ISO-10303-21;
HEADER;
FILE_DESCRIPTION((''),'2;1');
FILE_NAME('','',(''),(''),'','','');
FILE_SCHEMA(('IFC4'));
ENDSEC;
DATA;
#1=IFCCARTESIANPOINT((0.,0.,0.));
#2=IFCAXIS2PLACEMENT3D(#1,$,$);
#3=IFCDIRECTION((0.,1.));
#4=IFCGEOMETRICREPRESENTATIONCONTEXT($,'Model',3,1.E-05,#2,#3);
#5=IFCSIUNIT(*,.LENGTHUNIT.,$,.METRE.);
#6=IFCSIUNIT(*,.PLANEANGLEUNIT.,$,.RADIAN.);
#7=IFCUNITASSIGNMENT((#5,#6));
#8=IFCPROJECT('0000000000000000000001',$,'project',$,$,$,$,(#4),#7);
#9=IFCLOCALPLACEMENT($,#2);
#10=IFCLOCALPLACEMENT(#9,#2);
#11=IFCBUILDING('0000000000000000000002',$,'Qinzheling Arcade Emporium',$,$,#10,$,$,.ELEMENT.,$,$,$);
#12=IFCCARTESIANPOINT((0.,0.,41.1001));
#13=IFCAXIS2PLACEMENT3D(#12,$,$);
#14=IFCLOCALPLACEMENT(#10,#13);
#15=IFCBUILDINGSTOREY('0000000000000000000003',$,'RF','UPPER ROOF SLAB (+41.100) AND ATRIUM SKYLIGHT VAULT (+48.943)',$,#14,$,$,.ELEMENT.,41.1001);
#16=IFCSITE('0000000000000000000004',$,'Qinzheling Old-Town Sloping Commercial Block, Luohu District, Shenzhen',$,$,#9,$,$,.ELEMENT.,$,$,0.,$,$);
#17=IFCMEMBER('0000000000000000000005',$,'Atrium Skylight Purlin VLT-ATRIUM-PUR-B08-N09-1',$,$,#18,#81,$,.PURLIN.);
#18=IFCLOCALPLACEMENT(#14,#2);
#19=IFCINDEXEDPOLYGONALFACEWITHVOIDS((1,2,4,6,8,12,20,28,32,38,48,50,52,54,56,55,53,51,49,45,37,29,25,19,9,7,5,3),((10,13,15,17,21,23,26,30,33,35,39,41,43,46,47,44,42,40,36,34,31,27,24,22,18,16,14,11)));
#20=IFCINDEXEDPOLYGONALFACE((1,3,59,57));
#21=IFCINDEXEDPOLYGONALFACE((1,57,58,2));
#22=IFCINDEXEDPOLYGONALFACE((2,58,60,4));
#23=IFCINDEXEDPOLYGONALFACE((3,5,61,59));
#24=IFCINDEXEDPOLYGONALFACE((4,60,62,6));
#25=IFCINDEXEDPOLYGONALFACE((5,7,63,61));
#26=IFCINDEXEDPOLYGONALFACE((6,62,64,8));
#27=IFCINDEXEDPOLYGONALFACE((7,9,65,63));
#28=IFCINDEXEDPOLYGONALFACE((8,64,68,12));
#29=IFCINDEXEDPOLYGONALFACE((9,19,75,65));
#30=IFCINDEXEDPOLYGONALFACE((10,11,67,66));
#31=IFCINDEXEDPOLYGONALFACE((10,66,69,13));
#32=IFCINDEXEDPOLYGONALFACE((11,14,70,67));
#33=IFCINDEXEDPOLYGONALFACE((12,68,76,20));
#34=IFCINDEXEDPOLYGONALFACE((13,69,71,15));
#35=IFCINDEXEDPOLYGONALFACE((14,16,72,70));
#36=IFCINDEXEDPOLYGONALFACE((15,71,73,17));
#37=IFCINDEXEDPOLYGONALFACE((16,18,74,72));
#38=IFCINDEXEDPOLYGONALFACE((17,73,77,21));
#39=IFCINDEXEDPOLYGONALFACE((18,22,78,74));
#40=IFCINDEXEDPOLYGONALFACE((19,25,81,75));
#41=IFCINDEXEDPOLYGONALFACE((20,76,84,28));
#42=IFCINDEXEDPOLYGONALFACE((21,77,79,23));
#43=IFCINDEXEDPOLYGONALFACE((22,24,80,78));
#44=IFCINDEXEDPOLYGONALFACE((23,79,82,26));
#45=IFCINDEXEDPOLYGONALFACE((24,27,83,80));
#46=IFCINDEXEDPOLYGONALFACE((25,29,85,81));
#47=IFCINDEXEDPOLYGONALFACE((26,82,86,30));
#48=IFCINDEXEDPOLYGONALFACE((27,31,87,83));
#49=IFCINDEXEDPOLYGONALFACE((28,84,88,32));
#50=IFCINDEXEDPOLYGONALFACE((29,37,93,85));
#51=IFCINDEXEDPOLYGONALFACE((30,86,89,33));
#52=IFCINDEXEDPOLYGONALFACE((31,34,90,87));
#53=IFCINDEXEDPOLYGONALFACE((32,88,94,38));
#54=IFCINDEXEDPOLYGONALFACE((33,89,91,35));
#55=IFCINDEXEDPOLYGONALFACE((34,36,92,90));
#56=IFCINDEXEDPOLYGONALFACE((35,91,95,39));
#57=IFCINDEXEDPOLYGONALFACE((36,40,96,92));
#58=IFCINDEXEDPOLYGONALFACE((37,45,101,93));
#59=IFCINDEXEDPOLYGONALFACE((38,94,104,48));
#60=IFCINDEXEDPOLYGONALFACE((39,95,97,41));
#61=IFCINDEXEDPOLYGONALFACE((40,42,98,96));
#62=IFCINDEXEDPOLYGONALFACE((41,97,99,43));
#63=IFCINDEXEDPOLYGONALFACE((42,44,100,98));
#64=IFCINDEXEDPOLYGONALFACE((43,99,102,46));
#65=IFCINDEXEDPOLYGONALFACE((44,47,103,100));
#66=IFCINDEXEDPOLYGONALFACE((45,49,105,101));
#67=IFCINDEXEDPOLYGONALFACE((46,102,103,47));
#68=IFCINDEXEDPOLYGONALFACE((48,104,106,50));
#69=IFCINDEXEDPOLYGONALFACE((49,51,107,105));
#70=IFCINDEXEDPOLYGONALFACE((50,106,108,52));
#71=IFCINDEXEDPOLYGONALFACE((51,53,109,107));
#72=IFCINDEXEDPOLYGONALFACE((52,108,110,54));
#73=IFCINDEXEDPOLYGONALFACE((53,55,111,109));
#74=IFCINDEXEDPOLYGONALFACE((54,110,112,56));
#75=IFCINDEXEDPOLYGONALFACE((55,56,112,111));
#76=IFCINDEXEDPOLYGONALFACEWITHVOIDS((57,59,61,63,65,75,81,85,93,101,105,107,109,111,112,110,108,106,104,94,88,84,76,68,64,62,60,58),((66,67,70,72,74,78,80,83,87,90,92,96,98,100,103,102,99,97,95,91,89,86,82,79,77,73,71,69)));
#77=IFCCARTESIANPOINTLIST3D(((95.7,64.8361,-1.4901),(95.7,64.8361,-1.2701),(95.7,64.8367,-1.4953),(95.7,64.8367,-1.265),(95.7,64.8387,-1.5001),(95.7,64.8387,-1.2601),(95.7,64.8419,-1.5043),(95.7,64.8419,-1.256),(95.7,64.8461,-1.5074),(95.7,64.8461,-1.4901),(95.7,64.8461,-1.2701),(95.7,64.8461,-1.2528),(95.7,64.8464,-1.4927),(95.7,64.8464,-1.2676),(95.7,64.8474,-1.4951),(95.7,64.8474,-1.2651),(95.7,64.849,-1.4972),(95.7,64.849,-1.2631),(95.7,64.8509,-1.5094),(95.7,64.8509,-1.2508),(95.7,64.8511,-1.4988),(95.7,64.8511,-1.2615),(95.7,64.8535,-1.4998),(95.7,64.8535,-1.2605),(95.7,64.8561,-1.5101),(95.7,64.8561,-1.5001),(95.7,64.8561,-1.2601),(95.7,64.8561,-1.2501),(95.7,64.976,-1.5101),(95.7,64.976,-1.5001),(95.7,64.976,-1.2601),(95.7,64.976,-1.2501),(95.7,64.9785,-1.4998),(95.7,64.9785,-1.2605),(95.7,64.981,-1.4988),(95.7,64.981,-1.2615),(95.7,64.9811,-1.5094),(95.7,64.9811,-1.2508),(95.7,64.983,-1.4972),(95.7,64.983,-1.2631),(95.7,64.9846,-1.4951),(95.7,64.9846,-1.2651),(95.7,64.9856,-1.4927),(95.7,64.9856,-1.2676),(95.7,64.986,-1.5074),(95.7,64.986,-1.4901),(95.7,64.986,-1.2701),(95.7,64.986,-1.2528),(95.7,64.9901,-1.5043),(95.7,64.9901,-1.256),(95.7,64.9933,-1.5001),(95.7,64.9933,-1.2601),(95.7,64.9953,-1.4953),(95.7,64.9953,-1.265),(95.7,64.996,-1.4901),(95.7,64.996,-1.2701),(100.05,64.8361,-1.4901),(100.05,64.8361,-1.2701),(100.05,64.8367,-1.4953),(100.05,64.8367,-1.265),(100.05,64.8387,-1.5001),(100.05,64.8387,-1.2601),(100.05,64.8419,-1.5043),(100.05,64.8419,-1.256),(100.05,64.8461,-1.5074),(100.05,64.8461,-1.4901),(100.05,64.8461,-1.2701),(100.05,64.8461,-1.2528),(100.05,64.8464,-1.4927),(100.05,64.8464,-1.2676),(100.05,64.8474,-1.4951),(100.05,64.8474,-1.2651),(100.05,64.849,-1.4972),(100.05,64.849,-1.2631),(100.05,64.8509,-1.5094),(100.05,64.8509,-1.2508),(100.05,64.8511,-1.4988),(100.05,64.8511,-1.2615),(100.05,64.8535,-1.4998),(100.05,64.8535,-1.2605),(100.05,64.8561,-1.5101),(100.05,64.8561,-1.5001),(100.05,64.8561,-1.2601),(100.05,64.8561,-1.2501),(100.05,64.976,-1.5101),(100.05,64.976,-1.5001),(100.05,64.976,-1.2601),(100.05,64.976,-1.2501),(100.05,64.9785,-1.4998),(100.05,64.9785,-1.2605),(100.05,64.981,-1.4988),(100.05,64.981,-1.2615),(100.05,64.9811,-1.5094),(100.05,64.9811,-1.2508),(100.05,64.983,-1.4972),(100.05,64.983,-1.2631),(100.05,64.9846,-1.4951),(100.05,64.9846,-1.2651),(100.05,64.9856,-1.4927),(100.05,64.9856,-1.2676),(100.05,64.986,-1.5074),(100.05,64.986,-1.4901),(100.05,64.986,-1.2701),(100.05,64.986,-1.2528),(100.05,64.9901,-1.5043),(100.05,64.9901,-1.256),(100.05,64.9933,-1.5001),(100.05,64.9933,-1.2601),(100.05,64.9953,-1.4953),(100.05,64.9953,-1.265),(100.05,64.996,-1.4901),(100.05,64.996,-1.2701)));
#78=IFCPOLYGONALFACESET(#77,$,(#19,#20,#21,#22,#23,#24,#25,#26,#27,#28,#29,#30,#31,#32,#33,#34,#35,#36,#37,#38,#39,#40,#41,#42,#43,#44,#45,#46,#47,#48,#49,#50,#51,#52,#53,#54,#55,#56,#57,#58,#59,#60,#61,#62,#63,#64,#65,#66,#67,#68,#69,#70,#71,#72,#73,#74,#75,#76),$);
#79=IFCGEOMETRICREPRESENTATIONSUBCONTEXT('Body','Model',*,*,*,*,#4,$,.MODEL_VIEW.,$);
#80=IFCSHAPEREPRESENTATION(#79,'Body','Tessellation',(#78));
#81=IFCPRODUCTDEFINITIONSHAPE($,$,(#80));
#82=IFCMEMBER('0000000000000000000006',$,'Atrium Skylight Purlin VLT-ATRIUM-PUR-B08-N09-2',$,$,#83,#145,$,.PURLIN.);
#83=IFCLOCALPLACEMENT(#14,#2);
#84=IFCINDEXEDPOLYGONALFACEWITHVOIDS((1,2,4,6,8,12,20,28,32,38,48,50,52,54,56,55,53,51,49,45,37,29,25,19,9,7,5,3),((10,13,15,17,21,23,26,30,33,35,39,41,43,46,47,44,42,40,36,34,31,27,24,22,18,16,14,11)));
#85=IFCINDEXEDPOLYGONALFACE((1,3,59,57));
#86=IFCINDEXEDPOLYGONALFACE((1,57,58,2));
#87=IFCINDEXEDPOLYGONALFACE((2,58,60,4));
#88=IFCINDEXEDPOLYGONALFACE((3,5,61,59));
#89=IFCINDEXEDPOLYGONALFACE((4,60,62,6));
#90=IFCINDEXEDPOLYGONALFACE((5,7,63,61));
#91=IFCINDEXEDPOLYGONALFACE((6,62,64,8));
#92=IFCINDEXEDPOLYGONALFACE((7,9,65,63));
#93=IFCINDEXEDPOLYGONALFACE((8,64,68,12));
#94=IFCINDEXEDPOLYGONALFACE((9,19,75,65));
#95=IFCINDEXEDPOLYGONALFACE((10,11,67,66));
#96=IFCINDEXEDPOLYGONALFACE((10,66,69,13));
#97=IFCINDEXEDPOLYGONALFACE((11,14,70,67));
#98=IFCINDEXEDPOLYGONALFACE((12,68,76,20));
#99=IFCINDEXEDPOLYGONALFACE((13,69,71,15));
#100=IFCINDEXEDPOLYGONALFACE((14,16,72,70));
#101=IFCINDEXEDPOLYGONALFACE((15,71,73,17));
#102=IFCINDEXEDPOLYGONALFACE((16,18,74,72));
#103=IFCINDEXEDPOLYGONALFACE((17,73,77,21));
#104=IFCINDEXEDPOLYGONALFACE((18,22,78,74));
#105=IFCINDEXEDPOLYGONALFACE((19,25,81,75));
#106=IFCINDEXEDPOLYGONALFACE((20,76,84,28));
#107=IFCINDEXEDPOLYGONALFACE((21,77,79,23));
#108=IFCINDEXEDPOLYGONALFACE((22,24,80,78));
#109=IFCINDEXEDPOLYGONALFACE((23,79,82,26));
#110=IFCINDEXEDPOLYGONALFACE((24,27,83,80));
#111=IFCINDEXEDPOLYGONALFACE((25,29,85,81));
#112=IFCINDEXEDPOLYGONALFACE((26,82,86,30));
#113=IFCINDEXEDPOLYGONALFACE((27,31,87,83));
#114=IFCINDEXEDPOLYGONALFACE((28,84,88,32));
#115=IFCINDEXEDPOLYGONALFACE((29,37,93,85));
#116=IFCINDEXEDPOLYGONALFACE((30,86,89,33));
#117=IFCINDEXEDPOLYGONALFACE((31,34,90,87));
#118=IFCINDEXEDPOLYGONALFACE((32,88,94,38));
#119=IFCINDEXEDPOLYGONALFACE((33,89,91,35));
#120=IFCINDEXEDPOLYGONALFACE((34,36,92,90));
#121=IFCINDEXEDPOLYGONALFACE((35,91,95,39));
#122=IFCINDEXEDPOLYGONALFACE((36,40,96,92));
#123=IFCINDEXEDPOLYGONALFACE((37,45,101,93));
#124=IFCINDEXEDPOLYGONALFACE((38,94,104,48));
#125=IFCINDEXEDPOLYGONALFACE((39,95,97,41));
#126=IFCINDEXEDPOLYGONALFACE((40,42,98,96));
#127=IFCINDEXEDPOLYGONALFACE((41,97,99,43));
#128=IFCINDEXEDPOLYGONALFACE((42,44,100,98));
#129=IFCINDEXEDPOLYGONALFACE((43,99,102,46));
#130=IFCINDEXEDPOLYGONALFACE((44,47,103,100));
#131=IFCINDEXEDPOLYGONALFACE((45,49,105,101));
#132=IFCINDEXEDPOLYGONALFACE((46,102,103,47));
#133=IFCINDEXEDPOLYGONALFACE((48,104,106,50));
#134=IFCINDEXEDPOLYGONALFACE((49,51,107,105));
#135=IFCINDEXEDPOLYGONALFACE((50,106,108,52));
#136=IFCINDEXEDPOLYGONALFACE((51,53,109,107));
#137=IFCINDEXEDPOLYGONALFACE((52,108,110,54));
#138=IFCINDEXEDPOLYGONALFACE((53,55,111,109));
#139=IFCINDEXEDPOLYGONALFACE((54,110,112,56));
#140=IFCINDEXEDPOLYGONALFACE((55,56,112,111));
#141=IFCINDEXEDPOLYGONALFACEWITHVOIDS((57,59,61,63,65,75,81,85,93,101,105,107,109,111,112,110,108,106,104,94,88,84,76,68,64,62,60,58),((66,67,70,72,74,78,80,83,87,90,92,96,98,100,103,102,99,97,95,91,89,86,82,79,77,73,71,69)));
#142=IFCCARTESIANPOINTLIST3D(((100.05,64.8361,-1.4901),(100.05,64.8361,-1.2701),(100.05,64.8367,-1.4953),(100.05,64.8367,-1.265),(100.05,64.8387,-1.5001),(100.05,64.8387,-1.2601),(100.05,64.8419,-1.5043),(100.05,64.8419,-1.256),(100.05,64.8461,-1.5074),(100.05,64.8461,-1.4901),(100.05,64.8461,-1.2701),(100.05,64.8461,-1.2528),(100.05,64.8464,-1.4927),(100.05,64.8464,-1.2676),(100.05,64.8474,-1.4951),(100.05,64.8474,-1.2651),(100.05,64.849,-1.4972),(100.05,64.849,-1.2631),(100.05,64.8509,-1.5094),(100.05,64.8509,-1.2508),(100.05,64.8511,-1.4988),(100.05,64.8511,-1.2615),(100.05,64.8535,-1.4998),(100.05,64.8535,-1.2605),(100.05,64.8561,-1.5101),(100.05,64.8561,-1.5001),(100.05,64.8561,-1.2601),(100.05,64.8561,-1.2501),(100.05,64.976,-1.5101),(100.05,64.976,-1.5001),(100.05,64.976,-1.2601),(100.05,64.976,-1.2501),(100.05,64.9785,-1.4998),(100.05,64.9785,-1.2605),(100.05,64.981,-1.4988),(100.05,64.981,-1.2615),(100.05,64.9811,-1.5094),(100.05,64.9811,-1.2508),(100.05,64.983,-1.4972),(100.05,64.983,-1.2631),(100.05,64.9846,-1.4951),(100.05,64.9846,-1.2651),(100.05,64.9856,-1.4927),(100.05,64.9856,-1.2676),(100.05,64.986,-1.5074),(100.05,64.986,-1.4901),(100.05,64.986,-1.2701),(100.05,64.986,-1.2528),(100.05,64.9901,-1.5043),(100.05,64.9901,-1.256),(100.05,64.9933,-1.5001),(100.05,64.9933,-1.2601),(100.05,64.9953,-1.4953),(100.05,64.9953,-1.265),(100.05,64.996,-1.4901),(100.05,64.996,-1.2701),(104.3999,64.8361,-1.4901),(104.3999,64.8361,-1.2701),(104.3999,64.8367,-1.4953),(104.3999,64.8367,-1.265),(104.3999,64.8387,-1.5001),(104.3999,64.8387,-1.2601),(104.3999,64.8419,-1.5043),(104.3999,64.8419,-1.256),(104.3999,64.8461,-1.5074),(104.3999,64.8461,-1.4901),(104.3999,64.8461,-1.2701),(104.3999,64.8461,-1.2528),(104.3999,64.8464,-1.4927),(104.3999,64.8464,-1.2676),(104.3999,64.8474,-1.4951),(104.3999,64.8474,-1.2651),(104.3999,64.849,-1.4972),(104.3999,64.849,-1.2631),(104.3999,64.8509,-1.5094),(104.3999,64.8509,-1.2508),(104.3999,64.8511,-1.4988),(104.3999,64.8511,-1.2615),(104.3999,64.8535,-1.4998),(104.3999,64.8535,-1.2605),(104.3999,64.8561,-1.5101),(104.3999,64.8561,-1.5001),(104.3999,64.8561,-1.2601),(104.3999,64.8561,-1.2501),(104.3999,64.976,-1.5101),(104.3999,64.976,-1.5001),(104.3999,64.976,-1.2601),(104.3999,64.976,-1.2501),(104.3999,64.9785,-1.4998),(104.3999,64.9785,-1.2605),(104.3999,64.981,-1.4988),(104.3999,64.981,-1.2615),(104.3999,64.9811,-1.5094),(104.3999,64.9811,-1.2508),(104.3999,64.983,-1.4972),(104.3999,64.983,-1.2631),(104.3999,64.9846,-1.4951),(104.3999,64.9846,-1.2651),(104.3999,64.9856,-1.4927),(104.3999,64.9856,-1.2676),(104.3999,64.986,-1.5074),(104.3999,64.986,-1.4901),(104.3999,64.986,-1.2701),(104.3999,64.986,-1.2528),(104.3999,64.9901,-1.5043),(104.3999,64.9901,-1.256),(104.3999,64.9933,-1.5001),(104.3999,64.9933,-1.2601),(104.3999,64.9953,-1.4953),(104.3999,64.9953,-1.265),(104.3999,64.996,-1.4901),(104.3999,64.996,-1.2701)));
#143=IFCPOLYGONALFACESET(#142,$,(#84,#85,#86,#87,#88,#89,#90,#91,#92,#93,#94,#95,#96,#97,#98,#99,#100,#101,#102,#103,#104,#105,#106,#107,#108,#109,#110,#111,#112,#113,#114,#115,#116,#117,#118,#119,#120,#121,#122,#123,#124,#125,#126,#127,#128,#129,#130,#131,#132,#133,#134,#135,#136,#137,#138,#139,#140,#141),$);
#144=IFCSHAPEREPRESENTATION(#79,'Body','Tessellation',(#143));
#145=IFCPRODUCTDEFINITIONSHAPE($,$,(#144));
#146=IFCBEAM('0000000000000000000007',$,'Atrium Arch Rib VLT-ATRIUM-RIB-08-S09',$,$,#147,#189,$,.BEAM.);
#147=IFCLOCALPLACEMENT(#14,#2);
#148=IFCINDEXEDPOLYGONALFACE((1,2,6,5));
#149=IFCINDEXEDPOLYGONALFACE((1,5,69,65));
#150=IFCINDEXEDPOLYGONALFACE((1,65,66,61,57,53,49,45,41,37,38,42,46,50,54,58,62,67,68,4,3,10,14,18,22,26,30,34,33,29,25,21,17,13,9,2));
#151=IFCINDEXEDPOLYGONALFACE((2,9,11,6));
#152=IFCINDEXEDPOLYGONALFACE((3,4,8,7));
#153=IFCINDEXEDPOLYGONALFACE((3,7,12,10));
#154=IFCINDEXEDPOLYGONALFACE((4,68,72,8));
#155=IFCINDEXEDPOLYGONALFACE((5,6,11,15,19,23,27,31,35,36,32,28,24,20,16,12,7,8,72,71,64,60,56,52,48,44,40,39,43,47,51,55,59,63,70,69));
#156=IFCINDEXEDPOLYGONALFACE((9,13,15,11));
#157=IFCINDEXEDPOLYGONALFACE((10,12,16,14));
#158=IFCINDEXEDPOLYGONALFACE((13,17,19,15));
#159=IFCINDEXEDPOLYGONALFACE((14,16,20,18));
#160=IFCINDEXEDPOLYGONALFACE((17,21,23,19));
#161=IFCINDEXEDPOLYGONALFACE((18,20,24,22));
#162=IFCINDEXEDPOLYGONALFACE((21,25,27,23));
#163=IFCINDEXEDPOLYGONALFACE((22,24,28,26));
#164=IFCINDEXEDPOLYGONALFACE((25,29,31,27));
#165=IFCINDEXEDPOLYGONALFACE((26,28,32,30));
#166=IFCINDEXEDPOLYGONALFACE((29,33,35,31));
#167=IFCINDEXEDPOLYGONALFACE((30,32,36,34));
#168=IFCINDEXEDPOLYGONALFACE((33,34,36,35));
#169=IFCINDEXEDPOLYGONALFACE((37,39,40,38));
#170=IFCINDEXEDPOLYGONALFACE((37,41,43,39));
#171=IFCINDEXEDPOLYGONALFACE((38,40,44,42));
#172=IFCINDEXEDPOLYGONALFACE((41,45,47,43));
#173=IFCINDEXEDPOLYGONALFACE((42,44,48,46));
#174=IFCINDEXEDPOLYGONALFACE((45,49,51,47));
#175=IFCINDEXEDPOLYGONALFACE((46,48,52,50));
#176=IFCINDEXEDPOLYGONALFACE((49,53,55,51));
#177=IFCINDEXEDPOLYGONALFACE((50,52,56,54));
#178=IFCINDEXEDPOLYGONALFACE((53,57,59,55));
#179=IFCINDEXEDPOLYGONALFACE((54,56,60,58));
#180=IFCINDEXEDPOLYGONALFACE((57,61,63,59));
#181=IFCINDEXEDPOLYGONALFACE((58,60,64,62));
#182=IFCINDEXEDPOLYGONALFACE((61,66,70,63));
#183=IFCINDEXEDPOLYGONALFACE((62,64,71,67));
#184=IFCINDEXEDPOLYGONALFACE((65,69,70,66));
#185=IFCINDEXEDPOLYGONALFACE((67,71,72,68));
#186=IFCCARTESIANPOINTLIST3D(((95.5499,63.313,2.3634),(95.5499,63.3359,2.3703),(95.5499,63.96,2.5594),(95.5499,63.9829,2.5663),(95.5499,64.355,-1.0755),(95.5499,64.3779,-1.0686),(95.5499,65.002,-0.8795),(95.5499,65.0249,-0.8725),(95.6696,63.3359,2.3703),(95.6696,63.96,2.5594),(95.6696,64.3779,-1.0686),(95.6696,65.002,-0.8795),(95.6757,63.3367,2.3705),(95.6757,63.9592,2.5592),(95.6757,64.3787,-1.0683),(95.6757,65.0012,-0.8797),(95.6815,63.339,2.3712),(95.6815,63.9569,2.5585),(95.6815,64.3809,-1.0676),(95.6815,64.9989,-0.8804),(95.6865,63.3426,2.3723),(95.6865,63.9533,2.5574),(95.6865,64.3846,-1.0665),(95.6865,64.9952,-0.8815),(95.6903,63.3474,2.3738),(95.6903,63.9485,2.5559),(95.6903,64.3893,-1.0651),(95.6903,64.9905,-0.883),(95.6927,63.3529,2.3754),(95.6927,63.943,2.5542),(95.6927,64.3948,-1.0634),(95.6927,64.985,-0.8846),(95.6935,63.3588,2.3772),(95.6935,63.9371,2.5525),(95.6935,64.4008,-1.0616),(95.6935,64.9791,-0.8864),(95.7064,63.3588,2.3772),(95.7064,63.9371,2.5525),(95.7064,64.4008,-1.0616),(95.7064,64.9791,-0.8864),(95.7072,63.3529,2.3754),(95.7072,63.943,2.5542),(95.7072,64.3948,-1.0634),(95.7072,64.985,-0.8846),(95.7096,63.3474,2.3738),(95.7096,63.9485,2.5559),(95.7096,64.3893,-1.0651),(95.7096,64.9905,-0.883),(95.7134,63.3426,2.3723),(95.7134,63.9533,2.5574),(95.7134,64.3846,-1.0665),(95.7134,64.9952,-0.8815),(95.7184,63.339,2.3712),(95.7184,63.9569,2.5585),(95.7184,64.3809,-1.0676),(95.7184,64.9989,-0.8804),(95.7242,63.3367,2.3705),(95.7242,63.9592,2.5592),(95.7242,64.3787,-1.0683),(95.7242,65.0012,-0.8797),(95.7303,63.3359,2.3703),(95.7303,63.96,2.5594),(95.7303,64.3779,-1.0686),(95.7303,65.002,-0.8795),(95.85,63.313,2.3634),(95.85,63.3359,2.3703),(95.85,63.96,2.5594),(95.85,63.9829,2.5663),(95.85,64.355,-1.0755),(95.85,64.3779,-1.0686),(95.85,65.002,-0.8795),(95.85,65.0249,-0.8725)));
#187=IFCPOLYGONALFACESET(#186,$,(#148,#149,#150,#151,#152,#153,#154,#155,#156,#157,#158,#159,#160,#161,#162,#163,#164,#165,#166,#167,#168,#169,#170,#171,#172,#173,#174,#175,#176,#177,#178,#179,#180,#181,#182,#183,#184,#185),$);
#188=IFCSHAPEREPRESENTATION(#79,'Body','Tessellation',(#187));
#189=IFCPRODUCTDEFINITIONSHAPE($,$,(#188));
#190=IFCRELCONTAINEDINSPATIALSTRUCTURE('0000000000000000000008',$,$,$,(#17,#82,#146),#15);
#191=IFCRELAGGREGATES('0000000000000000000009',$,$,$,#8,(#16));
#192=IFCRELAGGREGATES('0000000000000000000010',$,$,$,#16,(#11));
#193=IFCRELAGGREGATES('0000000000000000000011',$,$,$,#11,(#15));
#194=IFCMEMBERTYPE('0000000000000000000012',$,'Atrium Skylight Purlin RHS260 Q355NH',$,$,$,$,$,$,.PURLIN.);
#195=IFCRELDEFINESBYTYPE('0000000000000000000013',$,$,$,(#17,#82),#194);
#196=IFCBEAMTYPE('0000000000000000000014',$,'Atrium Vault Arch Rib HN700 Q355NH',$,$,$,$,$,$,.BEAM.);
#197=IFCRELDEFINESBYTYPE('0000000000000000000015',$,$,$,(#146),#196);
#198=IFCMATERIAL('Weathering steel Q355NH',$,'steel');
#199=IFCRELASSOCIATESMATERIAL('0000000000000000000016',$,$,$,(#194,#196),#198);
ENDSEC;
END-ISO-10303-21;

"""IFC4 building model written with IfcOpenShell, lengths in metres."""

from ifc_helpers import new_model, si_unit, direction, frame, origin, origin_2d, place, context, subcontext, project, spatial, hollow_rectangle, i_section, extrude, material, material_profile, profile_set, type_object, element, save


model = new_model("IFC4")

# Units and contexts
model_context = context("Model", 3, precision=1e-05, world=origin(), true_north=direction((0.0, 1.0)))
body_context = subcontext(model_context, "Body", "Model", "MODEL_VIEW")
ifc_project = project(units=[si_unit("LENGTHUNIT", "METRE"), si_unit("PLANEANGLEUNIT", "RADIAN")], contexts=[model_context])

# Site, building, storey
site_placement = place(None, origin())
site = spatial("IfcSite", under=ifc_project, at=site_placement, Name="Qinzheling Old-Town Sloping Commercial Block, Luohu District, Shenzhen", CompositionType="ELEMENT", RefElevation=0.0)
building_placement = place(site_placement, origin())
building = spatial("IfcBuilding", under=site, at=building_placement, Name="Qinzheling Arcade Emporium", CompositionType="ELEMENT")
storey_placement = place(building_placement, frame((0.0, 0.0, 41.1001)))
storey = spatial("IfcBuildingStorey", under=building, at=storey_placement, Name="RF", Description="UPPER ROOF SLAB (+41.100) AND ATRIUM SKYLIGHT VAULT (+48.943)", CompositionType="ELEMENT", Elevation=41.1001)

# Shared definitions
ifc_material_1 = material(Name="Weathering steel Q355NH", Category="steel")

# Members
ifc_material_profile_1 = material_profile(ifc_material_1, hollow_rectangle(XDim=0.1599, YDim=0.26, WallThickness=0.01, InnerFilletRadius=0.01, OuterFilletRadius=0.02, at=origin_2d()), Name="RHS 260x160x10", Category="steel")
ifc_profile_set_1 = profile_set([ifc_material_profile_1], Name="Weathering steel Q355NH")
member_type = type_object("IfcMemberType", Name="Atrium Skylight Purlin RHS260 Q355NH", PredefinedType="PURLIN", material=ifc_profile_set_1)
member_1_placement = place(storey_placement, frame((95.7, 64.916, -1.3801), z_axis=(1.0, 0.0, 0.0), x_axis=(0.0, 1.0, 0.0)))
element("IfcMember", 1, at=member_1_placement, inside=storey, type_object=member_type, Name="Atrium Skylight Purlin VLT-ATRIUM-PUR-B08-N09-1", PredefinedType="PURLIN", context=body_context, shape_type="SweptSolid", body=[
    extrude(hollow_rectangle(XDim=0.1599, YDim=0.26, WallThickness=0.01, InnerFilletRadius=0.01, OuterFilletRadius=0.02, at=origin_2d()), origin(), (0.0, 0.0, 1.0), 4.3501),
])
member_2_placement = place(storey_placement, frame((100.05, 64.916, -1.3801), z_axis=(1.0, 0.0, 0.0), x_axis=(0.0, 1.0, 0.0)))
element("IfcMember", 2, at=member_2_placement, inside=storey, type_object=member_type, Name="Atrium Skylight Purlin VLT-ATRIUM-PUR-B08-N09-2", PredefinedType="PURLIN", context=body_context, shape_type="SweptSolid", body=[
    extrude(hollow_rectangle(XDim=0.1599, YDim=0.26, WallThickness=0.01, InnerFilletRadius=0.01, OuterFilletRadius=0.02, at=origin_2d()), origin(), (0.0, 0.0, 1.0), 4.3499),
])

# Beam
ifc_material_profile_2 = material_profile(ifc_material_1, i_section(OverallWidth=0.3, OverallDepth=0.7, WebThickness=0.0129, FlangeThickness=0.0239, FilletRadius=0.0239, at=origin_2d()), Name="HN 700x300x13x24", Category="steel")
ifc_profile_set_2 = profile_set([ifc_material_profile_2], Name="Weathering steel Q355NH")
beam_type_1 = type_object("IfcBeamType", Name="Atrium Vault Arch Rib HN700 Q355NH", PredefinedType="BEAM", material=ifc_profile_set_2)
beam_1_placement = place(storey_placement, frame((95.7, 63.6479, 2.4648), z_axis=(0.0, 0.289977, -0.957034), x_axis=(-1.0, 0.0, 0.0)))
element("IfcBeam", 3, at=beam_1_placement, inside=storey, type_object=beam_type_1, Name="Atrium Arch Rib VLT-ATRIUM-RIB-08-S09", PredefinedType="BEAM", context=body_context, shape_type="SweptSolid", body=[
    extrude(i_section(OverallWidth=0.3, OverallDepth=0.7, WebThickness=0.0129, FlangeThickness=0.0239, FilletRadius=0.0239, at=origin_2d()), origin(), (0.0, 0.0, 1.0), 3.5933),
])

save(model, "model.ifc")
